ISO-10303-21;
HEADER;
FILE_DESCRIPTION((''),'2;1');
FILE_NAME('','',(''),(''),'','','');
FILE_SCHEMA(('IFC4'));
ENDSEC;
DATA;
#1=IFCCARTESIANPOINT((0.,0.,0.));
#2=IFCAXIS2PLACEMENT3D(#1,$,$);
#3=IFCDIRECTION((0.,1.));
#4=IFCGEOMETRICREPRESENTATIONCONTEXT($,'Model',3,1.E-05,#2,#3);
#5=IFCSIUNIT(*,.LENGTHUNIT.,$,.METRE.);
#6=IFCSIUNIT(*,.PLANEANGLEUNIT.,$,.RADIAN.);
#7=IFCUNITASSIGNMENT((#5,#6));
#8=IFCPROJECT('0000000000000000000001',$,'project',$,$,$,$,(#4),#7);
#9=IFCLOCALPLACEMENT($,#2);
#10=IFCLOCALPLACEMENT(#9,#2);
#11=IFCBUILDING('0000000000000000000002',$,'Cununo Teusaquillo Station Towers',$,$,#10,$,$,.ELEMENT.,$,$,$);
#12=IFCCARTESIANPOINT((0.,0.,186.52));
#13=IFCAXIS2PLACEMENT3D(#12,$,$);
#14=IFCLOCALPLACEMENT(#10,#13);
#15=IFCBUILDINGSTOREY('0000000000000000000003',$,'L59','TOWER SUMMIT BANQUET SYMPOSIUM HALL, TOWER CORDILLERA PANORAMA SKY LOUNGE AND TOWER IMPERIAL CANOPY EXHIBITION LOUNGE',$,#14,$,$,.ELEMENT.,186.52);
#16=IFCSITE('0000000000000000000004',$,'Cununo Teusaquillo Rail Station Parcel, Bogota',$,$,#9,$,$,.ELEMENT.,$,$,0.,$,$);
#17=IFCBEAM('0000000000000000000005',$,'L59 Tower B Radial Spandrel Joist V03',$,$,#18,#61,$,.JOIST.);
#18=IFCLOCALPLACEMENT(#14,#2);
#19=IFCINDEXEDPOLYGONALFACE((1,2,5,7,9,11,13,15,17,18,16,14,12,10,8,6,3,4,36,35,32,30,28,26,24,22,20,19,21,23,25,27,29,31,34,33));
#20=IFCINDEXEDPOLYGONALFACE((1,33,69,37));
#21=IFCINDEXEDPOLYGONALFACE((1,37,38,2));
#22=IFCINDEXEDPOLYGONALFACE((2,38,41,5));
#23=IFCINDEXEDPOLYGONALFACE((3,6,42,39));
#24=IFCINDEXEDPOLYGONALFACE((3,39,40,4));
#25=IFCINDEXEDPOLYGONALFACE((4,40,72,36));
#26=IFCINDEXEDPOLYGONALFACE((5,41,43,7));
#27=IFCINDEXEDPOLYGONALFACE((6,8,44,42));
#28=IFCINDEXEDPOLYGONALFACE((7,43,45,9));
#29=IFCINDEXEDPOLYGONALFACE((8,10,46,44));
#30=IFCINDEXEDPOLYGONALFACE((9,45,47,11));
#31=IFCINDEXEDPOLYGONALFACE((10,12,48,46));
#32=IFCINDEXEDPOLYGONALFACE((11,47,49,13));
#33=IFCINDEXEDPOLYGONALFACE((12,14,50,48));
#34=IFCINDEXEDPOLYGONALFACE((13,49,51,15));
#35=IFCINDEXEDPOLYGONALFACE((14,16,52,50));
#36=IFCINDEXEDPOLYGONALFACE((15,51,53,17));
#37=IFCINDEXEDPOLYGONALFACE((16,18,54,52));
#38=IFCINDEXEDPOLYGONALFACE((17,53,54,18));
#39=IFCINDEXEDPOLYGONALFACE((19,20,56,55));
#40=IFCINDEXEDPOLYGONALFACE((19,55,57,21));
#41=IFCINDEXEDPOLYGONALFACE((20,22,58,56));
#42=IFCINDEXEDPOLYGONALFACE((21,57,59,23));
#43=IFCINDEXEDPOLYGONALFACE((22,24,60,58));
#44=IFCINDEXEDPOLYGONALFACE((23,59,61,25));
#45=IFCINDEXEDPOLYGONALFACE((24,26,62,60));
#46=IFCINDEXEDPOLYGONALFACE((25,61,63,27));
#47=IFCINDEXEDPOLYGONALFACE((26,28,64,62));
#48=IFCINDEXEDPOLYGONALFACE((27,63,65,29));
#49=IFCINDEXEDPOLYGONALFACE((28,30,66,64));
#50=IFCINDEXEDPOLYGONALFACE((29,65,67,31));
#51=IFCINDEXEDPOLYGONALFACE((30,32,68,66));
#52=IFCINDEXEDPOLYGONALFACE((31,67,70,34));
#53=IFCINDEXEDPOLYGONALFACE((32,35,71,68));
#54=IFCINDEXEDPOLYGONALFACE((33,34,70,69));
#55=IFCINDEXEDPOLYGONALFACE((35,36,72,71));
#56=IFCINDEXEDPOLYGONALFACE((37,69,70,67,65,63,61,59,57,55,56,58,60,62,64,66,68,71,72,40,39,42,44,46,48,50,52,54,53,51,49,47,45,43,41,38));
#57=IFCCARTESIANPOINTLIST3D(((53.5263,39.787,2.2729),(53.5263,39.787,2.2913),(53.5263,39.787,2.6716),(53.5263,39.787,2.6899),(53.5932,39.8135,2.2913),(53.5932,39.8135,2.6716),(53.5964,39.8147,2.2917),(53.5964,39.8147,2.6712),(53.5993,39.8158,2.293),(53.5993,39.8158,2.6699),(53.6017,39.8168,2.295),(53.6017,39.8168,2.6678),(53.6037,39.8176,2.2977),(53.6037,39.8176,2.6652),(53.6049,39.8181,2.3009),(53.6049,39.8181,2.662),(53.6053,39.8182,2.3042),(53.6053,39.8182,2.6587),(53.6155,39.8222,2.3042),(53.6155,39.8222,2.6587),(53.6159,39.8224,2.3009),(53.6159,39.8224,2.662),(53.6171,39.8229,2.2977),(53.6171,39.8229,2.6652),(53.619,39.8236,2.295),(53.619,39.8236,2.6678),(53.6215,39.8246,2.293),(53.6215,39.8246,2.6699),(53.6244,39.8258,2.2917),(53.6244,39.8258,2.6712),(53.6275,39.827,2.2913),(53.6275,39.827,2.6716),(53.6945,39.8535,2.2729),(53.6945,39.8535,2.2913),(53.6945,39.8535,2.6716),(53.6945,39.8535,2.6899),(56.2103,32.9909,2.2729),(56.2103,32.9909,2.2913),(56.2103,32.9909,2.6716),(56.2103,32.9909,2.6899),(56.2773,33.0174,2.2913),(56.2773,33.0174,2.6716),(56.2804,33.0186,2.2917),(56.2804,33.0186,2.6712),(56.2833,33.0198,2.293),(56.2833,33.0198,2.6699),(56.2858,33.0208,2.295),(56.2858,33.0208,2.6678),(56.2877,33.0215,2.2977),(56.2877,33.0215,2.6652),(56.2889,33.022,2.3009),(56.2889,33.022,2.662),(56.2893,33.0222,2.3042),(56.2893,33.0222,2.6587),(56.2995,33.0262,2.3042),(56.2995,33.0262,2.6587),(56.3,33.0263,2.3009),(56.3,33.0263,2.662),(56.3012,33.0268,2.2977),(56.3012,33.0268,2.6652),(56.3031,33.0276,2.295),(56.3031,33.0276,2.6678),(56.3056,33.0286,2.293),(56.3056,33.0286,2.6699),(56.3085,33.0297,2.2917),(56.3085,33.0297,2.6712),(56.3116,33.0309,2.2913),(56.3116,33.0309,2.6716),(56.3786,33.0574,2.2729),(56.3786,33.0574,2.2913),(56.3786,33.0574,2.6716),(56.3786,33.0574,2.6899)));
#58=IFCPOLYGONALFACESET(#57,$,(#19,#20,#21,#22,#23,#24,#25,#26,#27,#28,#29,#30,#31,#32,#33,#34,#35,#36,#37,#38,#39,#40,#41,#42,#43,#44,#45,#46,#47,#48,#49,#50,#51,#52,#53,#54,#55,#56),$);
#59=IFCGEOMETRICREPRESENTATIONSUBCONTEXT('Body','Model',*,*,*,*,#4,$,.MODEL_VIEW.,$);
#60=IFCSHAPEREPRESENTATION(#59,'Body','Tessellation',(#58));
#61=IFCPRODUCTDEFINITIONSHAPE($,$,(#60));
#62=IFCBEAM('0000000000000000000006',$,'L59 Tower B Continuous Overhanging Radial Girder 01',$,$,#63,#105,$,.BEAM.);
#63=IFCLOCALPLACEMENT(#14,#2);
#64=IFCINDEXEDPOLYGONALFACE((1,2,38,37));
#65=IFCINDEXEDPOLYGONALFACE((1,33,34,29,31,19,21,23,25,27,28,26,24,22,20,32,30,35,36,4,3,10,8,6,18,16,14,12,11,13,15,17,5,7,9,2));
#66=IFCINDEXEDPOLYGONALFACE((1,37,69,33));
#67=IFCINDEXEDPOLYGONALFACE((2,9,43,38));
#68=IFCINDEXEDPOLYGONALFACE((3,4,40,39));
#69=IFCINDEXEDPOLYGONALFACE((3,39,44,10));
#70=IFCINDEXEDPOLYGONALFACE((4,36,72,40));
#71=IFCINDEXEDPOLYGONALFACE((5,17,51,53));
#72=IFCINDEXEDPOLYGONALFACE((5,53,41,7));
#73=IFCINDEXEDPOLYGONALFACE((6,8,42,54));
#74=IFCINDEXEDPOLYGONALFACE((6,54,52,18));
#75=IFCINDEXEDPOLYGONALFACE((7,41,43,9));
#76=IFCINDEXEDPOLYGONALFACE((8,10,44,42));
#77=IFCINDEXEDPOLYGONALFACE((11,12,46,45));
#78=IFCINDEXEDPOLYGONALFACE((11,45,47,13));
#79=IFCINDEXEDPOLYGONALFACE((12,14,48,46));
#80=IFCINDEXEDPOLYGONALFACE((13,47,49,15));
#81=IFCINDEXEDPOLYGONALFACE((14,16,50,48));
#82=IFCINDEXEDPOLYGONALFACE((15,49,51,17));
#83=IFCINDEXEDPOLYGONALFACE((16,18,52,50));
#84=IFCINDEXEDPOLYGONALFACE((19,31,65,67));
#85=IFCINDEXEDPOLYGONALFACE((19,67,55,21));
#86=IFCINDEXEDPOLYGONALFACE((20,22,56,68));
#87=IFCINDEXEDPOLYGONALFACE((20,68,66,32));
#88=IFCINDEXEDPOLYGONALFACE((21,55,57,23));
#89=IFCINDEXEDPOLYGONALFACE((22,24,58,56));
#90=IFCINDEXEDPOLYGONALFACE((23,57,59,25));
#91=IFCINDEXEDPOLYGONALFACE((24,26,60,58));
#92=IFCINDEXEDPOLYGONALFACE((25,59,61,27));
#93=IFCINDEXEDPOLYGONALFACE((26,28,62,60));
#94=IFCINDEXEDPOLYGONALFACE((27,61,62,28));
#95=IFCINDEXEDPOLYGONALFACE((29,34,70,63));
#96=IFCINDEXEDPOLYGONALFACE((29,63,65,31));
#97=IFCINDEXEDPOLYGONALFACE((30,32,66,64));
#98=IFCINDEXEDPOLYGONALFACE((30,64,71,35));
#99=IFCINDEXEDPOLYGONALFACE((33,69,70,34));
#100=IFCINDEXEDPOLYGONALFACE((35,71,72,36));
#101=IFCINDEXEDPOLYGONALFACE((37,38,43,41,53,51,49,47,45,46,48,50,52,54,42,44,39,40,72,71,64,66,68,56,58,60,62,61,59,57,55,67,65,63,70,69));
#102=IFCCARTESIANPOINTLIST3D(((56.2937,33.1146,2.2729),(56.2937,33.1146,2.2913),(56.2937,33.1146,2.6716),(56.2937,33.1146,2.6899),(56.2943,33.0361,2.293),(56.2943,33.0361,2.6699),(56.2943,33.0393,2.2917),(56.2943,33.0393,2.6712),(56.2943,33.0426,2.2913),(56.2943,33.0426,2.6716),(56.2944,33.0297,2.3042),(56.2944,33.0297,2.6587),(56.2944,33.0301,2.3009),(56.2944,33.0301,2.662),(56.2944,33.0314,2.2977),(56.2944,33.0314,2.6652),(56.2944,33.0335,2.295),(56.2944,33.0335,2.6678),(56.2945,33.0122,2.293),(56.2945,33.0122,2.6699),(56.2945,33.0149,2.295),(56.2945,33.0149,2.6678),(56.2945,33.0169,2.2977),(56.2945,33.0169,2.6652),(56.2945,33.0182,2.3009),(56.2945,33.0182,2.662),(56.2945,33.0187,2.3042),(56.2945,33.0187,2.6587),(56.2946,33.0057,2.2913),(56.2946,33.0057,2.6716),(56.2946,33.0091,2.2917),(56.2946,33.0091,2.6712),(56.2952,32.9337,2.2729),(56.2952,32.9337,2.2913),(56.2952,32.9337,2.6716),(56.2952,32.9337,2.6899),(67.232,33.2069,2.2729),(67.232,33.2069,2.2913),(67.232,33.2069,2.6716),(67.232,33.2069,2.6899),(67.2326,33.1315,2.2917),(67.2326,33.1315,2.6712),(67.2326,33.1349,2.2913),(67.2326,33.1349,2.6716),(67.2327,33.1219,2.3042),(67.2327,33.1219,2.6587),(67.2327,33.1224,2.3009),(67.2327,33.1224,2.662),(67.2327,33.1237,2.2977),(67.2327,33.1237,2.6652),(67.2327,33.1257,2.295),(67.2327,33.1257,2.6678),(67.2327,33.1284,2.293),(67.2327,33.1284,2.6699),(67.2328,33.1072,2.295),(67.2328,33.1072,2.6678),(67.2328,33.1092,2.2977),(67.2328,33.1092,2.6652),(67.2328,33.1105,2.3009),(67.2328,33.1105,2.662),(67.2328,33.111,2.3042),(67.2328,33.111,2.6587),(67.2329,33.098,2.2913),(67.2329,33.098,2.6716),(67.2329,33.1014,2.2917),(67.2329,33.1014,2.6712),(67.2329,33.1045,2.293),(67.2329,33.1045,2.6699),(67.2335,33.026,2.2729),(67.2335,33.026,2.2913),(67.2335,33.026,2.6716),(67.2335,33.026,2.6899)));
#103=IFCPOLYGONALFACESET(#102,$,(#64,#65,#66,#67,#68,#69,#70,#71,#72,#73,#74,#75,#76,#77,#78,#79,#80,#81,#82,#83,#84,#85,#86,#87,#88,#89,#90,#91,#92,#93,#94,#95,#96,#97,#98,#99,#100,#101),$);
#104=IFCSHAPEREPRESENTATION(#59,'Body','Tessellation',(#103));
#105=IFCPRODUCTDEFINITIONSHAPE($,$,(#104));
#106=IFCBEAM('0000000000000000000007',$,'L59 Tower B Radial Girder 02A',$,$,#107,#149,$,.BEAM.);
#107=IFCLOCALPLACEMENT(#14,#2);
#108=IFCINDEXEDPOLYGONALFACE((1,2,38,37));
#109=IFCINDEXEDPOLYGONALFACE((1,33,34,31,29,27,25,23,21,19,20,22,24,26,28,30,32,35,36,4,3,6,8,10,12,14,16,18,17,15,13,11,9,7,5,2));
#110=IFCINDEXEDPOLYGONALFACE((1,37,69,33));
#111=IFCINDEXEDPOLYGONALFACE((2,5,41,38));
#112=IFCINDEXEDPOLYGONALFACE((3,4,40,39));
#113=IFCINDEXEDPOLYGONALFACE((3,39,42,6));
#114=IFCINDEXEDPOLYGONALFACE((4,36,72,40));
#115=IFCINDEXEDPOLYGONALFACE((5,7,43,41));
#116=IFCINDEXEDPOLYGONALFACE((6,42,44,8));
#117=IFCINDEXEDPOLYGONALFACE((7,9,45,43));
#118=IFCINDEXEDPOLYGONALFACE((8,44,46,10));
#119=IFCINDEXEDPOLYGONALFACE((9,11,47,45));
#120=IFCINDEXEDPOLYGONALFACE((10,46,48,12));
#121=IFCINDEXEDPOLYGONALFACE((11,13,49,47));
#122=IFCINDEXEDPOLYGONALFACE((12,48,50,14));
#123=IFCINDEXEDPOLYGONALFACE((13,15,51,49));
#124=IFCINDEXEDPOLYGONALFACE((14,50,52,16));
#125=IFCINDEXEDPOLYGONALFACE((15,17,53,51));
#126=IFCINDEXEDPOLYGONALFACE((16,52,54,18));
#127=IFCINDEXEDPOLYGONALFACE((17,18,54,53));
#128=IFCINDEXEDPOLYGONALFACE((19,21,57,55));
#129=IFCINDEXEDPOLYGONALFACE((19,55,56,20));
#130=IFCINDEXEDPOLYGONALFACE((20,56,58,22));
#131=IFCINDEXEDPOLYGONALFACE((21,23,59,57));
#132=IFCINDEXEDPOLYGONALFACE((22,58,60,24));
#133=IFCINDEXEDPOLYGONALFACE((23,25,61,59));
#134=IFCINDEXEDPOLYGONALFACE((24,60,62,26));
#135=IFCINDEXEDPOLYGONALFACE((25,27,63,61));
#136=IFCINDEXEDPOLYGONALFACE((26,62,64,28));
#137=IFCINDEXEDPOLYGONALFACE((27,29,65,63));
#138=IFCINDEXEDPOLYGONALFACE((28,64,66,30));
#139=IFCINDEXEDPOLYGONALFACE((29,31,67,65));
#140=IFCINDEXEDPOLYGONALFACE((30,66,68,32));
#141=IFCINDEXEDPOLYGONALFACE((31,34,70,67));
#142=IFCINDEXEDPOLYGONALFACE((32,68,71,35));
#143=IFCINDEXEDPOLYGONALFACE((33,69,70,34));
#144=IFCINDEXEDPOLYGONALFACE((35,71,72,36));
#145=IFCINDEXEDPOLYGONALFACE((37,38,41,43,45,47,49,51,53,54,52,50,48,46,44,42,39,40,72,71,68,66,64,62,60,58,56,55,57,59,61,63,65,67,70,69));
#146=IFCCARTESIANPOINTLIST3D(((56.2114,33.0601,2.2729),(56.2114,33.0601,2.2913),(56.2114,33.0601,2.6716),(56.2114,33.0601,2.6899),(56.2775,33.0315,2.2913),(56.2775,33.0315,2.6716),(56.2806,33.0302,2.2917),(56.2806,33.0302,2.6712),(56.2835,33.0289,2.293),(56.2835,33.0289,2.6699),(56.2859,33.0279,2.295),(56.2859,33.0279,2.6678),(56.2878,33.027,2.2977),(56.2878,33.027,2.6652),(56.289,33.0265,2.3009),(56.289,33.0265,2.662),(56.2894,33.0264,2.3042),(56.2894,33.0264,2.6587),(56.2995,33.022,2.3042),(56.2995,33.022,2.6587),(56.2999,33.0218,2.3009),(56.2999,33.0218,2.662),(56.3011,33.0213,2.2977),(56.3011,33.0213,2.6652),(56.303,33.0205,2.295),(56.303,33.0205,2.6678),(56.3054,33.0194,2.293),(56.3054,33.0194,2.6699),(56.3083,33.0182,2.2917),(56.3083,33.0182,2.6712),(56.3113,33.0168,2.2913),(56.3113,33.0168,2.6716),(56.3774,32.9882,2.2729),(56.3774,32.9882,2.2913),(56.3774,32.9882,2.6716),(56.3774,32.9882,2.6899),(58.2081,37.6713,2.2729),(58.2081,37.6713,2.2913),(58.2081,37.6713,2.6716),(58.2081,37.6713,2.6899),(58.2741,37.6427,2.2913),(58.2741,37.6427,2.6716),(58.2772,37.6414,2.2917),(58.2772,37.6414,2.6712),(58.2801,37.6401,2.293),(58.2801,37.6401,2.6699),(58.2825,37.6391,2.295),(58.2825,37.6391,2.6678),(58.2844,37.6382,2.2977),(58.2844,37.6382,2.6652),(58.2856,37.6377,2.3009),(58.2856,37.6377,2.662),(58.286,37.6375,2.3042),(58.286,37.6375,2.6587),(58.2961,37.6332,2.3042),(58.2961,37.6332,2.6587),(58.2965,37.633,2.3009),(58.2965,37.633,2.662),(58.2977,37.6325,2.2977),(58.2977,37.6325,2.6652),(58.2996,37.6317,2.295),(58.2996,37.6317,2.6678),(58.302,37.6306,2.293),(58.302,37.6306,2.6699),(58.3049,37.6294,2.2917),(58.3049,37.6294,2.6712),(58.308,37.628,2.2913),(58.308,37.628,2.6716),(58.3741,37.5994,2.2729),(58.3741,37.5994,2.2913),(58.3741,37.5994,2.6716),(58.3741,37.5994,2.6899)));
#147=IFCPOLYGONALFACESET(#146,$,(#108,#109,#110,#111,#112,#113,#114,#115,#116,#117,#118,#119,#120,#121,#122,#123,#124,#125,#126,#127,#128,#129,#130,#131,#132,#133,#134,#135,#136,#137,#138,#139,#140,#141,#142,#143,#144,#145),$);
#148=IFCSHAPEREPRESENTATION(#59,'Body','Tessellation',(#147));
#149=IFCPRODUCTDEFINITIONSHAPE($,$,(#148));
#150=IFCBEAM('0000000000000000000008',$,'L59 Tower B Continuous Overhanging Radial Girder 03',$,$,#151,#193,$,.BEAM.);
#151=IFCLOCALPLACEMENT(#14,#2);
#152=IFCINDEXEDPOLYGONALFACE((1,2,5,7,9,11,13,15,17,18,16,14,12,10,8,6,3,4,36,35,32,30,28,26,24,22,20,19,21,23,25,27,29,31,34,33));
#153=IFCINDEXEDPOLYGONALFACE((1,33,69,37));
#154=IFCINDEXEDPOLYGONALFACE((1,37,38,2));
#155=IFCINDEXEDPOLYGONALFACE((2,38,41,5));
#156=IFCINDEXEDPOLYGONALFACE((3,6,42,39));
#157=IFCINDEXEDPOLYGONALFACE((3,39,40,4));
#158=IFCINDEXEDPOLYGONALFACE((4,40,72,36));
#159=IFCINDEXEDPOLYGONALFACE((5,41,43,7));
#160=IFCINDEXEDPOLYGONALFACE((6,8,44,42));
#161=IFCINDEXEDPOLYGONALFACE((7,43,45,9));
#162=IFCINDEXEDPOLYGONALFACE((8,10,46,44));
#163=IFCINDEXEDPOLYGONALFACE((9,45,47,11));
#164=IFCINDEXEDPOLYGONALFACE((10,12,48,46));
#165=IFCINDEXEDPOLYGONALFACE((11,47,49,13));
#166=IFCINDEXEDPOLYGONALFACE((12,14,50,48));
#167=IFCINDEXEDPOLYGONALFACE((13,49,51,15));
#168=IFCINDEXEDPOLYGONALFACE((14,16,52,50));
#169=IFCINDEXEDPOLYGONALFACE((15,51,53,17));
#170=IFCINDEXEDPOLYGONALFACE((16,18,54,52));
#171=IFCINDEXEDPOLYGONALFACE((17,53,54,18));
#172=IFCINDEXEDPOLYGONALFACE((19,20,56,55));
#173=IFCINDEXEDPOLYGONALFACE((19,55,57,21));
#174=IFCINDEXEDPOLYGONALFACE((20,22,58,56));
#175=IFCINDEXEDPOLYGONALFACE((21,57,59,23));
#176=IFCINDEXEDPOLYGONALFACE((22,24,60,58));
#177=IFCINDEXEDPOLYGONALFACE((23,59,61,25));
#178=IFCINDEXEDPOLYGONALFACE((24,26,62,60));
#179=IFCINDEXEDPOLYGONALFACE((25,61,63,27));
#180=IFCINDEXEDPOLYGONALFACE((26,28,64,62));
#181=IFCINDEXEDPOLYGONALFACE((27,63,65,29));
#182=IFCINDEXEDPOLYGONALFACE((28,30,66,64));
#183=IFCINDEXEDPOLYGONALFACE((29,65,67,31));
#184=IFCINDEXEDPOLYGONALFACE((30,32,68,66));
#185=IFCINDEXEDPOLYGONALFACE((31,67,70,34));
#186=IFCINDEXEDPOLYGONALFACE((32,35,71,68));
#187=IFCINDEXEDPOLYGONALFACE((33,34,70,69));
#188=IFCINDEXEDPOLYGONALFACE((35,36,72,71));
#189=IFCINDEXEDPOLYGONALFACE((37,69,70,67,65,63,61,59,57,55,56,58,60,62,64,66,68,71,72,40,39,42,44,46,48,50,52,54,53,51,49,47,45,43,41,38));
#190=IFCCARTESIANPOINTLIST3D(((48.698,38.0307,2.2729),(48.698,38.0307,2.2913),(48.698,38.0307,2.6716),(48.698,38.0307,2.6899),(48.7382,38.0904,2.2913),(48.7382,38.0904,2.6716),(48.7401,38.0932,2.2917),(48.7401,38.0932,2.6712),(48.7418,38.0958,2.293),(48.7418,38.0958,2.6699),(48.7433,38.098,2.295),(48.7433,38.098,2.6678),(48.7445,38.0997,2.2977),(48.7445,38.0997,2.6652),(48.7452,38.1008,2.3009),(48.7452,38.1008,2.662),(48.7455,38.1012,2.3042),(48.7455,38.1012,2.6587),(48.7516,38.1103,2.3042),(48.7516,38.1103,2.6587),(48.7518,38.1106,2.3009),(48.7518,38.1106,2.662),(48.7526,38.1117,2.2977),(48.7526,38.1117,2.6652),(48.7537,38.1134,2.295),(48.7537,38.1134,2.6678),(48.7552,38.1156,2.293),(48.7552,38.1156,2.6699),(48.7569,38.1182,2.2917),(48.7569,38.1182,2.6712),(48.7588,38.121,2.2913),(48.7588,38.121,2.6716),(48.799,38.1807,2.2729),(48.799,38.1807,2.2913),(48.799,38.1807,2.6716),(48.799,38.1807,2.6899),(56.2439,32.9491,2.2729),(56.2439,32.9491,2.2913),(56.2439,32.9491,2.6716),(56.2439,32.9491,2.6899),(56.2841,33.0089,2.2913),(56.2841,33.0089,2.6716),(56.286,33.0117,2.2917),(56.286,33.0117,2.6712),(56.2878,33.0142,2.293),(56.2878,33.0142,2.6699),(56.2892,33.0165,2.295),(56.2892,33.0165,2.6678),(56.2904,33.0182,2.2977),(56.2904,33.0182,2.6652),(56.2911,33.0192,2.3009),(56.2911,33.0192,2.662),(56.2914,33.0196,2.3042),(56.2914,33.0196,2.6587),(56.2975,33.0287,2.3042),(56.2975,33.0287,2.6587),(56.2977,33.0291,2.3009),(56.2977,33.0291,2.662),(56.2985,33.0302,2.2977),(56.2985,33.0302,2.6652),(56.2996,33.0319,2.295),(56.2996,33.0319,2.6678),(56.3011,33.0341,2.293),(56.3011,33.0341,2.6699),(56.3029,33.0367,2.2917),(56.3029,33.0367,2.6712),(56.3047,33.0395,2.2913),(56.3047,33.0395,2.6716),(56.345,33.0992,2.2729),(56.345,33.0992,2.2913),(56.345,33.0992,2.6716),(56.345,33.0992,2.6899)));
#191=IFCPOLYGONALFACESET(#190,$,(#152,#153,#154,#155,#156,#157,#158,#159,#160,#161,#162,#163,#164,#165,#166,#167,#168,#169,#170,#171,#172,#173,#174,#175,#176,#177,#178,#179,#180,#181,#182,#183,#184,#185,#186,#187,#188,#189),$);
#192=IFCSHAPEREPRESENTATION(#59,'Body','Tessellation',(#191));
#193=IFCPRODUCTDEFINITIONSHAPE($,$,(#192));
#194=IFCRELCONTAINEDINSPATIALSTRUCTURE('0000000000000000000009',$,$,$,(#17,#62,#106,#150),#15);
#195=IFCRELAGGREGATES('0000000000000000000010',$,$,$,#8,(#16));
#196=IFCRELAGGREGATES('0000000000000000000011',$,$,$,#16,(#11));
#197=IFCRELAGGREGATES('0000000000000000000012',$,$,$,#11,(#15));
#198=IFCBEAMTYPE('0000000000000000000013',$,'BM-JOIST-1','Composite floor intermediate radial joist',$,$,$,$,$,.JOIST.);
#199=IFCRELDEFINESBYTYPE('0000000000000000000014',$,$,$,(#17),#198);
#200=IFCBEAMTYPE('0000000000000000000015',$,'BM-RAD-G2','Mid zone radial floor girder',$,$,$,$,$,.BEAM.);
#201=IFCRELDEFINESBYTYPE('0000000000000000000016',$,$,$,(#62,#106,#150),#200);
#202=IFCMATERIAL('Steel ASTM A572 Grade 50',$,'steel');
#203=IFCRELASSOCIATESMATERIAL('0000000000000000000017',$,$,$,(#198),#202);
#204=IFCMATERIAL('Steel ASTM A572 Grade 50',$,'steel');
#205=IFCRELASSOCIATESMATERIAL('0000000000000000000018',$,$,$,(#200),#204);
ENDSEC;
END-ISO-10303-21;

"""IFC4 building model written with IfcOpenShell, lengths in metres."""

from ifc_helpers import new_model, si_unit, direction, frame, origin, origin_2d, place, context, subcontext, project, spatial, i_section, extrude, material, material_profile, profile_set, type_object, element, save


model = new_model("IFC4")

# Units and contexts
model_context = context("Model", 3, precision=1e-05, world=origin(), true_north=direction((0.0, 1.0)))
body_context = subcontext(model_context, "Body", "Model", "MODEL_VIEW")
ifc_project = project(units=[si_unit("LENGTHUNIT", "METRE"), si_unit("PLANEANGLEUNIT", "RADIAN")], contexts=[model_context])

# Site, building, storey
site_placement = place(None, origin())
site = spatial("IfcSite", under=ifc_project, at=site_placement, Name="Cununo Teusaquillo Rail Station Parcel, Bogota", CompositionType="ELEMENT", RefElevation=0.0)
building_placement = place(site_placement, origin())
building = spatial("IfcBuilding", under=site, at=building_placement, Name="Cununo Teusaquillo Station Towers", CompositionType="ELEMENT")
storey_placement = place(building_placement, frame((0.0, 0.0, 186.52)))
storey = spatial("IfcBuildingStorey", under=building, at=storey_placement, Name="L59", Description="TOWER SUMMIT BANQUET SYMPOSIUM HALL, TOWER CORDILLERA PANORAMA SKY LOUNGE AND TOWER IMPERIAL CANOPY EXHIBITION LOUNGE", CompositionType="ELEMENT", Elevation=186.52)

# Beams
ifc_material_1 = material(Name="Steel ASTM A572 Grade 50", Category="steel")
ifc_material_profile_1 = material_profile(ifc_material_1, i_section(OverallWidth=0.1809, OverallDepth=0.417, WebThickness=0.011, FlangeThickness=0.0183, FilletRadius=0.0129, at=origin_2d()), Name="W16X57")
ifc_profile_set_1 = profile_set([ifc_material_profile_1], Name="Steel ASTM A572 Grade 50")
beam_type_1 = type_object("IfcBeamType", Name="BM-JOIST-1", Description="Composite floor intermediate radial joist", PredefinedType="JOIST", material=ifc_profile_set_1)
beam_1_placement = place(storey_placement, frame((56.2944, 33.0242, 2.4814), z_axis=(-0.367332, 0.93009, 0.0), x_axis=(-0.93009, -0.367332, 0.0)))
element("IfcBeam", 1, at=beam_1_placement, inside=storey, type_object=beam_type_1, Name="L59 Tower B Radial Spandrel Joist V03", PredefinedType="JOIST", context=body_context, shape_type="SweptSolid", body=[
    extrude(i_section(OverallWidth=0.1809, OverallDepth=0.417, WebThickness=0.011, FlangeThickness=0.0183, FilletRadius=0.0129, at=origin_2d()), origin(), (0.0, 0.0, 1.0), 7.3069),
])
ifc_material_2 = material(Name="Steel ASTM A572 Grade 50", Category="steel")
ifc_material_profile_2 = material_profile(ifc_material_2, i_section(OverallWidth=0.1809, OverallDepth=0.417, WebThickness=0.011, FlangeThickness=0.0183, FilletRadius=0.0129, at=origin_2d()), Name="W16X57")
ifc_profile_set_2 = profile_set([ifc_material_profile_2], Name="Steel ASTM A572 Grade 50")
beam_type_2 = type_object("IfcBeamType", Name="BM-RAD-G2", Description="Mid zone radial floor girder", PredefinedType="BEAM", material=ifc_profile_set_2)
beam_2_placement = place(storey_placement, frame((56.2944, 33.0242, 2.4814), z_axis=(0.999964, 0.008437, 0.0), x_axis=(-0.008437, 0.999964, 0.0)))
element("IfcBeam", 2, at=beam_2_placement, inside=storey, type_object=beam_type_2, Name="L59 Tower B Continuous Overhanging Radial Girder 01", PredefinedType="BEAM", context=body_context, shape_type="SweptSolid", body=[
    extrude(i_section(OverallWidth=0.1809, OverallDepth=0.417, WebThickness=0.011, FlangeThickness=0.0183, FilletRadius=0.0129, at=origin_2d()), origin(), (0.0, 0.0, 1.0), 10.9387),
])
beam_3_placement = place(storey_placement, frame((56.2944, 33.0242, 2.4814), z_axis=(0.397347, 0.917668, 0.0), x_axis=(-0.917668, 0.397347, 0.0)))
element("IfcBeam", 3, at=beam_3_placement, inside=storey, type_object=beam_type_2, Name="L59 Tower B Radial Girder 02A", PredefinedType="BEAM", context=body_context, shape_type="SweptSolid", body=[
    extrude(i_section(OverallWidth=0.1809, OverallDepth=0.417, WebThickness=0.011, FlangeThickness=0.0183, FilletRadius=0.0129, at=origin_2d()), origin(), (0.0, 0.0, 1.0), 5.0249),
])
beam_4_placement = place(storey_placement, frame((56.2944, 33.0242, 2.4814), z_axis=(-0.829457, 0.558571, 0.0), x_axis=(-0.558571, -0.829457, 0.0)))
element("IfcBeam", 4, at=beam_4_placement, inside=storey, type_object=beam_type_2, Name="L59 Tower B Continuous Overhanging Radial Girder 03", PredefinedType="BEAM", context=body_context, shape_type="SweptSolid", body=[
    extrude(i_section(OverallWidth=0.1809, OverallDepth=0.417, WebThickness=0.011, FlangeThickness=0.0183, FilletRadius=0.0129, at=origin_2d()), origin(), (0.0, 0.0, 1.0), 9.0974),
])

save(model, "model.ifc")
